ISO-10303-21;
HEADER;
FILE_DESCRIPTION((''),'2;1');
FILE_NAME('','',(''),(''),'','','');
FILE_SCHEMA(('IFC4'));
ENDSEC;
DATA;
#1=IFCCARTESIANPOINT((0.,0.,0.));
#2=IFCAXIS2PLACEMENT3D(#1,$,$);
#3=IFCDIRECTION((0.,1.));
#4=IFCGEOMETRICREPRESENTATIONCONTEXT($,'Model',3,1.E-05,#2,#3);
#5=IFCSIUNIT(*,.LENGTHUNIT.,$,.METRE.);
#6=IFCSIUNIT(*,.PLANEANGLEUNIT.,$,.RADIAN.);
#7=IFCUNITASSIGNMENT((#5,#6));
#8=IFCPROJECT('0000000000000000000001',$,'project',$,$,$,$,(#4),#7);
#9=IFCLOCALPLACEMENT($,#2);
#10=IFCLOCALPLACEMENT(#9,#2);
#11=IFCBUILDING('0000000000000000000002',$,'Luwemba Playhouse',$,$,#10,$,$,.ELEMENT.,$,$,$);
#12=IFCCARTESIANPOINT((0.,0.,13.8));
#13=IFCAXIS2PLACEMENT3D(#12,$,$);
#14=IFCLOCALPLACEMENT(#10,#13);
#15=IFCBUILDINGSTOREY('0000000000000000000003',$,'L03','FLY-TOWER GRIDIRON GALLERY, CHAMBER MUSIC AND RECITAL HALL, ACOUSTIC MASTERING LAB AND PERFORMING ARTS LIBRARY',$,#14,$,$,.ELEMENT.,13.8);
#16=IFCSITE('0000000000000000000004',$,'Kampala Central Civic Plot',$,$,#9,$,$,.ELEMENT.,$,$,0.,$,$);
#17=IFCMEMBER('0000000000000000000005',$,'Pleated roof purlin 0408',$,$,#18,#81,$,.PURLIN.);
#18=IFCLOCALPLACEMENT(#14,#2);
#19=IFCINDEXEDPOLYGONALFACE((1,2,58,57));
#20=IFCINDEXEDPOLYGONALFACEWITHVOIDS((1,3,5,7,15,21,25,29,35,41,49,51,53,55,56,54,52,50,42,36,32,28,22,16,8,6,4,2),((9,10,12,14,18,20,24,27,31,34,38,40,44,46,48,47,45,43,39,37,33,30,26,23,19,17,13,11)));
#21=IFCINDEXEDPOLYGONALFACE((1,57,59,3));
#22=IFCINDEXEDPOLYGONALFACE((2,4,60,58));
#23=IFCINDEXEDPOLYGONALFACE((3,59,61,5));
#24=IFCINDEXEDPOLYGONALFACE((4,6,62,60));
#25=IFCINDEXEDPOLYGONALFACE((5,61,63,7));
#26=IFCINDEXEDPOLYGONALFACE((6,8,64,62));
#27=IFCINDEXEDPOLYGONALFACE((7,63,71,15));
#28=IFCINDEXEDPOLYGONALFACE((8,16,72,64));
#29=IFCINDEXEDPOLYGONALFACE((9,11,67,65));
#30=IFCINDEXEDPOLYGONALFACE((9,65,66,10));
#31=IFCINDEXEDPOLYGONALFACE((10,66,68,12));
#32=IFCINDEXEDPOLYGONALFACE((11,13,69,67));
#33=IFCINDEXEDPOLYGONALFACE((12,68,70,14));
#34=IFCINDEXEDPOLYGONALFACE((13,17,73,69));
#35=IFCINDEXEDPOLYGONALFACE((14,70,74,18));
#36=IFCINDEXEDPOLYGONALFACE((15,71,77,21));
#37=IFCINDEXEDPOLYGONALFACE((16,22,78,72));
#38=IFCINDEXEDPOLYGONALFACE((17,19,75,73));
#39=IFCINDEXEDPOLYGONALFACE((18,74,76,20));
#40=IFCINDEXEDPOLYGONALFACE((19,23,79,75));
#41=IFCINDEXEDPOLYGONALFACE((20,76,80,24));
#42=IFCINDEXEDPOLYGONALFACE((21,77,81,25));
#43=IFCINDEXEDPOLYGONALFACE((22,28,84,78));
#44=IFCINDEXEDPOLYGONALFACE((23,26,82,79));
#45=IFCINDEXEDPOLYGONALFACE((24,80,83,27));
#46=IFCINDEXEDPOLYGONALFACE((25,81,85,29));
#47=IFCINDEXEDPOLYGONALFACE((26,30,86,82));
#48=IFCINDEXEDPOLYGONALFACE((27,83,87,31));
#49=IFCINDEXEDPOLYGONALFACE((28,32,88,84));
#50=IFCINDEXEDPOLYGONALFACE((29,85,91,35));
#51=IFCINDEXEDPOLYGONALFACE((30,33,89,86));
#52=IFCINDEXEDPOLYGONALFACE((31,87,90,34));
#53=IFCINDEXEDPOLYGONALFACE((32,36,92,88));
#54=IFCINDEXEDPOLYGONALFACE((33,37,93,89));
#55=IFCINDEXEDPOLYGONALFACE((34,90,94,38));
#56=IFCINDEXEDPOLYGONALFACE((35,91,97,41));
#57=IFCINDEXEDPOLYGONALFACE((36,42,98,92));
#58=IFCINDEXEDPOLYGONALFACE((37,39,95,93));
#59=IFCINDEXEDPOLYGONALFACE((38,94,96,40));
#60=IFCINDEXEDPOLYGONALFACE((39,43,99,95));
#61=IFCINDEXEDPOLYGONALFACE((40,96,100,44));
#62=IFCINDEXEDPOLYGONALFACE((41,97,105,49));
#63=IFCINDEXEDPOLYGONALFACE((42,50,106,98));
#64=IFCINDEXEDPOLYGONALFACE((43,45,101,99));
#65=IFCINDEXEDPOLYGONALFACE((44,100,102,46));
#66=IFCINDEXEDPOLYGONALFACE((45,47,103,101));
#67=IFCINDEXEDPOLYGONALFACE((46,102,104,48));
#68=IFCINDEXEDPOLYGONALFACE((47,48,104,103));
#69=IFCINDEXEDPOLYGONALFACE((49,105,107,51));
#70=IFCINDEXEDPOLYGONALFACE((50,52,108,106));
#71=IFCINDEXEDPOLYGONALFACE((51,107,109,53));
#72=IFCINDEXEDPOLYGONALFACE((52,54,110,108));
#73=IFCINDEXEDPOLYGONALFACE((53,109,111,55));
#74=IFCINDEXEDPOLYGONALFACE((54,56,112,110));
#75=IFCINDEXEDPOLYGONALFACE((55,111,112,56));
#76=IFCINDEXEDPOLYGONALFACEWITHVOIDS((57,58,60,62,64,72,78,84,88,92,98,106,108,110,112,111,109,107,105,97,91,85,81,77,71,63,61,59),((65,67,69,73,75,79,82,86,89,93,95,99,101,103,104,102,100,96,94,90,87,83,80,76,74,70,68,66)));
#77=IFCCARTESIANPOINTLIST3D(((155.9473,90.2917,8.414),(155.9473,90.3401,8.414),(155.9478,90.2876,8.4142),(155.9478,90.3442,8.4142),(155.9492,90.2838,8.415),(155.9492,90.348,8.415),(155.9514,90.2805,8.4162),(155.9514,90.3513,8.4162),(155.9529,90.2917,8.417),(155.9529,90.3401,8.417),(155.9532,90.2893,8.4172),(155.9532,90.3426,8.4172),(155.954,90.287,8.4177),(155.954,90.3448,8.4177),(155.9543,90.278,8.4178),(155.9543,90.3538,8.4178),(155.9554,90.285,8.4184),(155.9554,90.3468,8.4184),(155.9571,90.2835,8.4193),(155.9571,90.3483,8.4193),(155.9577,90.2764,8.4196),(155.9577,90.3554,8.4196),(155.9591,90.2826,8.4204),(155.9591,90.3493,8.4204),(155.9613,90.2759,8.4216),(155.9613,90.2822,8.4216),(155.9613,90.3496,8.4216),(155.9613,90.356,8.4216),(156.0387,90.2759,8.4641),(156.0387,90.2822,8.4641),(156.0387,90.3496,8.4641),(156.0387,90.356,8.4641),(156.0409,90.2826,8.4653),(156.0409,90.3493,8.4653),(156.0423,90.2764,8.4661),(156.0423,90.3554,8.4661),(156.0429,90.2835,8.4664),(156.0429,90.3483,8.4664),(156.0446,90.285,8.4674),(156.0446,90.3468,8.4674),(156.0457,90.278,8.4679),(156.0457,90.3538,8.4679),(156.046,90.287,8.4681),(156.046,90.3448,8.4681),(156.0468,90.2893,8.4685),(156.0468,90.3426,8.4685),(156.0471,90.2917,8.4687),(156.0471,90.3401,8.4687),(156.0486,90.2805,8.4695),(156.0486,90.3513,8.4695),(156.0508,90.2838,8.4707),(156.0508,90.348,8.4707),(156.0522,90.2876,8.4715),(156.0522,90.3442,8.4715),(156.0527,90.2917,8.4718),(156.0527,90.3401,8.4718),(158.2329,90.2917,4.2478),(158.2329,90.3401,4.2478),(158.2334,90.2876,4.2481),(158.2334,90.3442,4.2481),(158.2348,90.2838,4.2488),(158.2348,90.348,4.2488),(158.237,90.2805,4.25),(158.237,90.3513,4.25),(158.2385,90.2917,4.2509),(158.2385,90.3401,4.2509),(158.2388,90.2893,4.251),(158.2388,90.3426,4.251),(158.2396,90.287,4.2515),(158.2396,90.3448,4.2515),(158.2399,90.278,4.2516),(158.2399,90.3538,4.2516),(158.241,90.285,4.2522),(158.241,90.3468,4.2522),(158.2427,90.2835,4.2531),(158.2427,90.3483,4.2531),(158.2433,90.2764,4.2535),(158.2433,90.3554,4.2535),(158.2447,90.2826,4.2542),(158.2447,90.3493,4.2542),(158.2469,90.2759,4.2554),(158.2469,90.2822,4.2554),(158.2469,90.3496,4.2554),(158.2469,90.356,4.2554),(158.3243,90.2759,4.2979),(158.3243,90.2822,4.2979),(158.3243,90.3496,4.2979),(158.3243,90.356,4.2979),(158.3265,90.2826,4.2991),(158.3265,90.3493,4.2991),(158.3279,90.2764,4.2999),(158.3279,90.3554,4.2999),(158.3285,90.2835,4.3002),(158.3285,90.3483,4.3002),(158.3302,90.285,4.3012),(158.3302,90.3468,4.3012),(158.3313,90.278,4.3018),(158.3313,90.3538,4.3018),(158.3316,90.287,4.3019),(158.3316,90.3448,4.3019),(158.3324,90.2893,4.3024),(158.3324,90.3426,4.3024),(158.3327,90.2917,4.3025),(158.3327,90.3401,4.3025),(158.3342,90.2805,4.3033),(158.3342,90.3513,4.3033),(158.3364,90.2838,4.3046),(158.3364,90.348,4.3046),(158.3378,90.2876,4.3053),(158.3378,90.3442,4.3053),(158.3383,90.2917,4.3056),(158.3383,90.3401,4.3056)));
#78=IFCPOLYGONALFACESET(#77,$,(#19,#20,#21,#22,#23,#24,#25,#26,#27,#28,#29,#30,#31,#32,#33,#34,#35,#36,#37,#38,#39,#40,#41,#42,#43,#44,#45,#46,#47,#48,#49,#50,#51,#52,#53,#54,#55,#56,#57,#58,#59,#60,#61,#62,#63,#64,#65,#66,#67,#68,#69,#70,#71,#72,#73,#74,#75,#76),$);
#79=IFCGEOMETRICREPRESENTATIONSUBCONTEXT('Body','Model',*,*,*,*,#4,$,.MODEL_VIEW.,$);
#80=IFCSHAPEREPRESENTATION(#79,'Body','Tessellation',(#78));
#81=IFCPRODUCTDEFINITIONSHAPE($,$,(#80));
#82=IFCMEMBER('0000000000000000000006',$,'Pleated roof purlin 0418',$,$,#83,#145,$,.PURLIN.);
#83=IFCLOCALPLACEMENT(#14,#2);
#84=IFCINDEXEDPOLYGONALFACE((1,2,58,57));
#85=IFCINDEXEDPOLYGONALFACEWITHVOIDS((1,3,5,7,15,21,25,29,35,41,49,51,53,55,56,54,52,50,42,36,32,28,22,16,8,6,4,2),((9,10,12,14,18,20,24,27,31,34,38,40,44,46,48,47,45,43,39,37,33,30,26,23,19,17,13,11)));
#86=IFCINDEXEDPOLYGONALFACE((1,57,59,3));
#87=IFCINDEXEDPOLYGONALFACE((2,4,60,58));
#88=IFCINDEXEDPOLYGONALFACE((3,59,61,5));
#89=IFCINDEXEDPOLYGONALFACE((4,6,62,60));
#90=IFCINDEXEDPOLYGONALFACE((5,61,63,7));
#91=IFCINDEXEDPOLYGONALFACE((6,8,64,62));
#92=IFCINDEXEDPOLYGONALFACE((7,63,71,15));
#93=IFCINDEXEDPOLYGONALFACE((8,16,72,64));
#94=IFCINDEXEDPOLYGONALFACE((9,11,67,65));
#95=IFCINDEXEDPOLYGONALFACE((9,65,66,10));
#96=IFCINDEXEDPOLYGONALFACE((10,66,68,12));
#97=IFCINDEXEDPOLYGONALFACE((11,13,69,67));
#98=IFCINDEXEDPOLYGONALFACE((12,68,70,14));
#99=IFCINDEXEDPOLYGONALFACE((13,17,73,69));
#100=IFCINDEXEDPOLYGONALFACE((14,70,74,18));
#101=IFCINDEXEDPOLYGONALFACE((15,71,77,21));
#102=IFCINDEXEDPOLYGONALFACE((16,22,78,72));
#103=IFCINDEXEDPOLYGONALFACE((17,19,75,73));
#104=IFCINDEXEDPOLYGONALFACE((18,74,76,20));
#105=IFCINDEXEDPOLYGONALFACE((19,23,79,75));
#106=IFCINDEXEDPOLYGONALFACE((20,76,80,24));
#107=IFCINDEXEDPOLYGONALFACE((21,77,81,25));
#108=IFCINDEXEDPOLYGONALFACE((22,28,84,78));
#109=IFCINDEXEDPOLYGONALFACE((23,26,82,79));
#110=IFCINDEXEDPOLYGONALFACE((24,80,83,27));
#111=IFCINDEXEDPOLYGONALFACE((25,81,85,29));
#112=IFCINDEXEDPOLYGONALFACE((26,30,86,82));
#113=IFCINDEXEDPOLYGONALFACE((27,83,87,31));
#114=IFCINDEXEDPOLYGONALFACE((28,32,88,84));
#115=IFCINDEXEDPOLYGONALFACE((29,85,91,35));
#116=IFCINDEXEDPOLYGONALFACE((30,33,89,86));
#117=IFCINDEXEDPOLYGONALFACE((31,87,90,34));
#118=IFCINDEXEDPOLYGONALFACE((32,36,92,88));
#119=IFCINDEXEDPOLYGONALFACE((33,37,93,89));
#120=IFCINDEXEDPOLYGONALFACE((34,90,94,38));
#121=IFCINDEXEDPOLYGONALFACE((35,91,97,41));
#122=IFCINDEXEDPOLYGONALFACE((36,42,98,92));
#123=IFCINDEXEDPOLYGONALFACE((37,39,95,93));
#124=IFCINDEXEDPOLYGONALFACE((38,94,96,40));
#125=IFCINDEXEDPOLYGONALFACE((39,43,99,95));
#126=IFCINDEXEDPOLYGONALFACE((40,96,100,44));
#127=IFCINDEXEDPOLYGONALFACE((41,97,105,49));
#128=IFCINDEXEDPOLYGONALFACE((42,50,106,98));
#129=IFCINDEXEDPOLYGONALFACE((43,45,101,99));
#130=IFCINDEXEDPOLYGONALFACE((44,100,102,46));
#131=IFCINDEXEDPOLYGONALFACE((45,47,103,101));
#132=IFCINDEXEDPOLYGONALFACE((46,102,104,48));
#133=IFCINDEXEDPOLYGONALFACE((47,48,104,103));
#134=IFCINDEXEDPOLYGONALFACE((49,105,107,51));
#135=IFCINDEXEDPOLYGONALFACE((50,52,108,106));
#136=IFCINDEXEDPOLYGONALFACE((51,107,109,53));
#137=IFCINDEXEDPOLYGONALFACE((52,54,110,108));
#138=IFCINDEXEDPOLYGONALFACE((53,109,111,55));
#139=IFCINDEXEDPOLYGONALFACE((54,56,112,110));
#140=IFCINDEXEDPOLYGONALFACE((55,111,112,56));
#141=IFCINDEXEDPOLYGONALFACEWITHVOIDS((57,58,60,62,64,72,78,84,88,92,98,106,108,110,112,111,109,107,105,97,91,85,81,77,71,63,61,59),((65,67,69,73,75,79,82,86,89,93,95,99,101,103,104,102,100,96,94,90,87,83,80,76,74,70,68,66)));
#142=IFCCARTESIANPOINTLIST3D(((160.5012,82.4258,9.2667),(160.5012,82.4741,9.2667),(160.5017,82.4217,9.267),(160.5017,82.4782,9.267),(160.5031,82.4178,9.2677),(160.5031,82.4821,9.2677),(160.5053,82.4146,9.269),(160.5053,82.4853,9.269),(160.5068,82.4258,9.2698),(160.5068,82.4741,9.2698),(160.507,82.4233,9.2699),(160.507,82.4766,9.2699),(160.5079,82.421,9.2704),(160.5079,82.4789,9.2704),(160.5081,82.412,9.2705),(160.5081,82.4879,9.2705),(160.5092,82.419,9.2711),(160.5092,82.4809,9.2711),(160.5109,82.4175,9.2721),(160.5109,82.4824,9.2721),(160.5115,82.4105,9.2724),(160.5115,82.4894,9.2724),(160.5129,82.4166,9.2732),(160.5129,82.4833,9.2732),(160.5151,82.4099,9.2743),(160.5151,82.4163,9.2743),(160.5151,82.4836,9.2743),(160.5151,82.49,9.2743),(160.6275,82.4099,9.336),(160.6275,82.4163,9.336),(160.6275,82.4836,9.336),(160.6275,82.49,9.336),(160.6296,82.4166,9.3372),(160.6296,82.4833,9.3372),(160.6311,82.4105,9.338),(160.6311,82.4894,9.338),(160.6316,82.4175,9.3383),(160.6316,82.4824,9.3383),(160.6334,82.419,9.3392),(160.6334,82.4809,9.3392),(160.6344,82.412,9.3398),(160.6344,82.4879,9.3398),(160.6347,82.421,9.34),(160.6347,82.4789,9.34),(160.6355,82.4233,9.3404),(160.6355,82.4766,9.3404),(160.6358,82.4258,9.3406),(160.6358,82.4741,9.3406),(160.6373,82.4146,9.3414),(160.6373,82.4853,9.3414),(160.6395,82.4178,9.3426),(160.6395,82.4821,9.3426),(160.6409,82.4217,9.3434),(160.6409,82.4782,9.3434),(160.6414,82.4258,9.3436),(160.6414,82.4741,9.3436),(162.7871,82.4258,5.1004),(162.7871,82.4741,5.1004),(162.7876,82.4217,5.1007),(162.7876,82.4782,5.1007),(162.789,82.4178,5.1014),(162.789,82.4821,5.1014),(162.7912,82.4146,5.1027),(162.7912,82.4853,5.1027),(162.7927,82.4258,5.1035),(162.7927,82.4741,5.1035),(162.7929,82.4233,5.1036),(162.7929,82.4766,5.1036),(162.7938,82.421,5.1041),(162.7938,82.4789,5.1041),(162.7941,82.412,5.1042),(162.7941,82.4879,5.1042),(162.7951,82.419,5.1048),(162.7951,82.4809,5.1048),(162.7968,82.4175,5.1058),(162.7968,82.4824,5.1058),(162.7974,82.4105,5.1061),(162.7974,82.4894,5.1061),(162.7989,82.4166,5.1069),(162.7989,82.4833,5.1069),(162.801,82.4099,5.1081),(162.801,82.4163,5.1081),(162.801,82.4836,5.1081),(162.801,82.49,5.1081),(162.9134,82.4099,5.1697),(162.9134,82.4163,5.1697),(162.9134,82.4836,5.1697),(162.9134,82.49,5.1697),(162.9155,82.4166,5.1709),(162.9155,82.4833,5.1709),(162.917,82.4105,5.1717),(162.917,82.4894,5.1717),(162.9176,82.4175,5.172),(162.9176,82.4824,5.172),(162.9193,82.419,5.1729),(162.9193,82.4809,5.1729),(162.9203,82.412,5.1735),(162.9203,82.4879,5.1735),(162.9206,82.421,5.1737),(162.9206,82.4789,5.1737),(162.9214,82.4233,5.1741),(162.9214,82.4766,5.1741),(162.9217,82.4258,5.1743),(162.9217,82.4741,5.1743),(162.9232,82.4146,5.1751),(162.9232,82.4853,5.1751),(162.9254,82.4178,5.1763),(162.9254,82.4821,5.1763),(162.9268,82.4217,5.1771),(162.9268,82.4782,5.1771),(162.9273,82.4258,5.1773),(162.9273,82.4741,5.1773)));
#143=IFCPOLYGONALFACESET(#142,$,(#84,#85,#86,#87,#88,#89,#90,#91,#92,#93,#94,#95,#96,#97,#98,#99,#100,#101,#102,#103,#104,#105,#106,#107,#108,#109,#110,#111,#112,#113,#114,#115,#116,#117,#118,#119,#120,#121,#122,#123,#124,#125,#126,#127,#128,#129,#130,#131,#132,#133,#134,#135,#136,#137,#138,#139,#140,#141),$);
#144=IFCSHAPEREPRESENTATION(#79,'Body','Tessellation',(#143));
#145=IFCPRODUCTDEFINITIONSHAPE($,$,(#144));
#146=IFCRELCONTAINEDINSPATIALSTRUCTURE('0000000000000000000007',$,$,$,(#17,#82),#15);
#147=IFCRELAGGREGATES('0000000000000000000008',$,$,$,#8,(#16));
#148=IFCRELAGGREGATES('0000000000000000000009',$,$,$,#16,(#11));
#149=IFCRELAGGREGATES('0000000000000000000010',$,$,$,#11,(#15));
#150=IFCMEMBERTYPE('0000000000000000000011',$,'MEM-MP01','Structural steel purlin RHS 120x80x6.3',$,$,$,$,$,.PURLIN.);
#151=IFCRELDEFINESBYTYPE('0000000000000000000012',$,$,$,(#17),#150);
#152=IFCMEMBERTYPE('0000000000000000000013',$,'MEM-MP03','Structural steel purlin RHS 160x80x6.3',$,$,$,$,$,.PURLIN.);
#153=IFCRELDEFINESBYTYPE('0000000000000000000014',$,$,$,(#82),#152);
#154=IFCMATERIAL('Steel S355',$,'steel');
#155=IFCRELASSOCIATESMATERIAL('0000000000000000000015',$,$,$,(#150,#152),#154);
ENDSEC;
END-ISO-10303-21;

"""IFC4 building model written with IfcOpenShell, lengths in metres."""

from ifc_helpers import new_model, si_unit, direction, frame, origin, origin_2d, place, context, subcontext, project, spatial, hollow_rectangle, extrude, material, material_profile, profile_set, type_object, element, save


model = new_model("IFC4")

# Units and contexts
model_context = context("Model", 3, precision=1e-05, world=origin(), true_north=direction((0.0, 1.0)))
body_context = subcontext(model_context, "Body", "Model", "MODEL_VIEW")
ifc_project = project(units=[si_unit("LENGTHUNIT", "METRE"), si_unit("PLANEANGLEUNIT", "RADIAN")], contexts=[model_context])

# Site, building, storey
site_placement = place(None, origin())
site = spatial("IfcSite", under=ifc_project, at=site_placement, Name="Kampala Central Civic Plot", CompositionType="ELEMENT", RefElevation=0.0)
building_placement = place(site_placement, origin())
building = spatial("IfcBuilding", under=site, at=building_placement, Name="Luwemba Playhouse", CompositionType="ELEMENT")
storey_placement = place(building_placement, frame((0.0, 0.0, 13.8)))
storey = spatial("IfcBuildingStorey", under=building, at=storey_placement, Name="L03", Description="FLY-TOWER GRIDIRON GALLERY, CHAMBER MUSIC AND RECITAL HALL, ACOUSTIC MASTERING LAB AND PERFORMING ARTS LIBRARY", CompositionType="ELEMENT", Elevation=13.8)

# Shared definitions
ifc_material_1 = material(Name="Steel S355", Category="steel")

# Members
ifc_material_profile_1 = material_profile(ifc_material_1, hollow_rectangle(XDim=0.0801, YDim=0.1201, WallThickness=0.0063, InnerFilletRadius=0.0095, OuterFilletRadius=0.0159, at=origin_2d()))
ifc_profile_set_1 = profile_set([ifc_material_profile_1], Name="Steel S355")
member_type_1 = type_object("IfcMemberType", Name="MEM-MP01", Description="Structural steel purlin RHS 120x80x6.3", PredefinedType="PURLIN", material=ifc_profile_set_1)
member_1_placement = place(storey_placement, frame((156.0, 90.3159, 8.4429), z_axis=(0.480982, 0.0, -0.876731), x_axis=(0.0, 1.0, 0.0)))
element("IfcMember", 1, at=member_1_placement, inside=storey, type_object=member_type_1, Name="Pleated roof purlin 0408", PredefinedType="PURLIN", context=body_context, shape_type="SweptSolid", body=[
    extrude(hollow_rectangle(XDim=0.0801, YDim=0.1201, WallThickness=0.0063, InnerFilletRadius=0.0095, OuterFilletRadius=0.0159, at=origin_2d()), origin(), (0.0, 0.0, 1.0), 4.752),
])
ifc_material_profile_2 = material_profile(ifc_material_1, hollow_rectangle(XDim=0.0801, YDim=0.1599, WallThickness=0.0063, InnerFilletRadius=0.0095, OuterFilletRadius=0.0159, at=origin_2d()))
ifc_profile_set_2 = profile_set([ifc_material_profile_2], Name="Steel S355")
member_type_2 = type_object("IfcMemberType", Name="MEM-MP03", Description="Structural steel purlin RHS 160x80x6.3", PredefinedType="PURLIN", material=ifc_profile_set_2)
member_2_placement = place(storey_placement, frame((160.5713, 82.45, 9.3052), z_axis=(0.481021, 0.0, -0.876709), x_axis=(0.0, 1.0, 0.0)))
element("IfcMember", 2, at=member_2_placement, inside=storey, type_object=member_type_2, Name="Pleated roof purlin 0418", PredefinedType="PURLIN", context=body_context, shape_type="SweptSolid", body=[
    extrude(hollow_rectangle(XDim=0.0801, YDim=0.1599, WallThickness=0.0063, InnerFilletRadius=0.0095, OuterFilletRadius=0.0159, at=origin_2d()), origin(), (0.0, 0.0, 1.0), 4.7522),
])

save(model, "model.ifc")
